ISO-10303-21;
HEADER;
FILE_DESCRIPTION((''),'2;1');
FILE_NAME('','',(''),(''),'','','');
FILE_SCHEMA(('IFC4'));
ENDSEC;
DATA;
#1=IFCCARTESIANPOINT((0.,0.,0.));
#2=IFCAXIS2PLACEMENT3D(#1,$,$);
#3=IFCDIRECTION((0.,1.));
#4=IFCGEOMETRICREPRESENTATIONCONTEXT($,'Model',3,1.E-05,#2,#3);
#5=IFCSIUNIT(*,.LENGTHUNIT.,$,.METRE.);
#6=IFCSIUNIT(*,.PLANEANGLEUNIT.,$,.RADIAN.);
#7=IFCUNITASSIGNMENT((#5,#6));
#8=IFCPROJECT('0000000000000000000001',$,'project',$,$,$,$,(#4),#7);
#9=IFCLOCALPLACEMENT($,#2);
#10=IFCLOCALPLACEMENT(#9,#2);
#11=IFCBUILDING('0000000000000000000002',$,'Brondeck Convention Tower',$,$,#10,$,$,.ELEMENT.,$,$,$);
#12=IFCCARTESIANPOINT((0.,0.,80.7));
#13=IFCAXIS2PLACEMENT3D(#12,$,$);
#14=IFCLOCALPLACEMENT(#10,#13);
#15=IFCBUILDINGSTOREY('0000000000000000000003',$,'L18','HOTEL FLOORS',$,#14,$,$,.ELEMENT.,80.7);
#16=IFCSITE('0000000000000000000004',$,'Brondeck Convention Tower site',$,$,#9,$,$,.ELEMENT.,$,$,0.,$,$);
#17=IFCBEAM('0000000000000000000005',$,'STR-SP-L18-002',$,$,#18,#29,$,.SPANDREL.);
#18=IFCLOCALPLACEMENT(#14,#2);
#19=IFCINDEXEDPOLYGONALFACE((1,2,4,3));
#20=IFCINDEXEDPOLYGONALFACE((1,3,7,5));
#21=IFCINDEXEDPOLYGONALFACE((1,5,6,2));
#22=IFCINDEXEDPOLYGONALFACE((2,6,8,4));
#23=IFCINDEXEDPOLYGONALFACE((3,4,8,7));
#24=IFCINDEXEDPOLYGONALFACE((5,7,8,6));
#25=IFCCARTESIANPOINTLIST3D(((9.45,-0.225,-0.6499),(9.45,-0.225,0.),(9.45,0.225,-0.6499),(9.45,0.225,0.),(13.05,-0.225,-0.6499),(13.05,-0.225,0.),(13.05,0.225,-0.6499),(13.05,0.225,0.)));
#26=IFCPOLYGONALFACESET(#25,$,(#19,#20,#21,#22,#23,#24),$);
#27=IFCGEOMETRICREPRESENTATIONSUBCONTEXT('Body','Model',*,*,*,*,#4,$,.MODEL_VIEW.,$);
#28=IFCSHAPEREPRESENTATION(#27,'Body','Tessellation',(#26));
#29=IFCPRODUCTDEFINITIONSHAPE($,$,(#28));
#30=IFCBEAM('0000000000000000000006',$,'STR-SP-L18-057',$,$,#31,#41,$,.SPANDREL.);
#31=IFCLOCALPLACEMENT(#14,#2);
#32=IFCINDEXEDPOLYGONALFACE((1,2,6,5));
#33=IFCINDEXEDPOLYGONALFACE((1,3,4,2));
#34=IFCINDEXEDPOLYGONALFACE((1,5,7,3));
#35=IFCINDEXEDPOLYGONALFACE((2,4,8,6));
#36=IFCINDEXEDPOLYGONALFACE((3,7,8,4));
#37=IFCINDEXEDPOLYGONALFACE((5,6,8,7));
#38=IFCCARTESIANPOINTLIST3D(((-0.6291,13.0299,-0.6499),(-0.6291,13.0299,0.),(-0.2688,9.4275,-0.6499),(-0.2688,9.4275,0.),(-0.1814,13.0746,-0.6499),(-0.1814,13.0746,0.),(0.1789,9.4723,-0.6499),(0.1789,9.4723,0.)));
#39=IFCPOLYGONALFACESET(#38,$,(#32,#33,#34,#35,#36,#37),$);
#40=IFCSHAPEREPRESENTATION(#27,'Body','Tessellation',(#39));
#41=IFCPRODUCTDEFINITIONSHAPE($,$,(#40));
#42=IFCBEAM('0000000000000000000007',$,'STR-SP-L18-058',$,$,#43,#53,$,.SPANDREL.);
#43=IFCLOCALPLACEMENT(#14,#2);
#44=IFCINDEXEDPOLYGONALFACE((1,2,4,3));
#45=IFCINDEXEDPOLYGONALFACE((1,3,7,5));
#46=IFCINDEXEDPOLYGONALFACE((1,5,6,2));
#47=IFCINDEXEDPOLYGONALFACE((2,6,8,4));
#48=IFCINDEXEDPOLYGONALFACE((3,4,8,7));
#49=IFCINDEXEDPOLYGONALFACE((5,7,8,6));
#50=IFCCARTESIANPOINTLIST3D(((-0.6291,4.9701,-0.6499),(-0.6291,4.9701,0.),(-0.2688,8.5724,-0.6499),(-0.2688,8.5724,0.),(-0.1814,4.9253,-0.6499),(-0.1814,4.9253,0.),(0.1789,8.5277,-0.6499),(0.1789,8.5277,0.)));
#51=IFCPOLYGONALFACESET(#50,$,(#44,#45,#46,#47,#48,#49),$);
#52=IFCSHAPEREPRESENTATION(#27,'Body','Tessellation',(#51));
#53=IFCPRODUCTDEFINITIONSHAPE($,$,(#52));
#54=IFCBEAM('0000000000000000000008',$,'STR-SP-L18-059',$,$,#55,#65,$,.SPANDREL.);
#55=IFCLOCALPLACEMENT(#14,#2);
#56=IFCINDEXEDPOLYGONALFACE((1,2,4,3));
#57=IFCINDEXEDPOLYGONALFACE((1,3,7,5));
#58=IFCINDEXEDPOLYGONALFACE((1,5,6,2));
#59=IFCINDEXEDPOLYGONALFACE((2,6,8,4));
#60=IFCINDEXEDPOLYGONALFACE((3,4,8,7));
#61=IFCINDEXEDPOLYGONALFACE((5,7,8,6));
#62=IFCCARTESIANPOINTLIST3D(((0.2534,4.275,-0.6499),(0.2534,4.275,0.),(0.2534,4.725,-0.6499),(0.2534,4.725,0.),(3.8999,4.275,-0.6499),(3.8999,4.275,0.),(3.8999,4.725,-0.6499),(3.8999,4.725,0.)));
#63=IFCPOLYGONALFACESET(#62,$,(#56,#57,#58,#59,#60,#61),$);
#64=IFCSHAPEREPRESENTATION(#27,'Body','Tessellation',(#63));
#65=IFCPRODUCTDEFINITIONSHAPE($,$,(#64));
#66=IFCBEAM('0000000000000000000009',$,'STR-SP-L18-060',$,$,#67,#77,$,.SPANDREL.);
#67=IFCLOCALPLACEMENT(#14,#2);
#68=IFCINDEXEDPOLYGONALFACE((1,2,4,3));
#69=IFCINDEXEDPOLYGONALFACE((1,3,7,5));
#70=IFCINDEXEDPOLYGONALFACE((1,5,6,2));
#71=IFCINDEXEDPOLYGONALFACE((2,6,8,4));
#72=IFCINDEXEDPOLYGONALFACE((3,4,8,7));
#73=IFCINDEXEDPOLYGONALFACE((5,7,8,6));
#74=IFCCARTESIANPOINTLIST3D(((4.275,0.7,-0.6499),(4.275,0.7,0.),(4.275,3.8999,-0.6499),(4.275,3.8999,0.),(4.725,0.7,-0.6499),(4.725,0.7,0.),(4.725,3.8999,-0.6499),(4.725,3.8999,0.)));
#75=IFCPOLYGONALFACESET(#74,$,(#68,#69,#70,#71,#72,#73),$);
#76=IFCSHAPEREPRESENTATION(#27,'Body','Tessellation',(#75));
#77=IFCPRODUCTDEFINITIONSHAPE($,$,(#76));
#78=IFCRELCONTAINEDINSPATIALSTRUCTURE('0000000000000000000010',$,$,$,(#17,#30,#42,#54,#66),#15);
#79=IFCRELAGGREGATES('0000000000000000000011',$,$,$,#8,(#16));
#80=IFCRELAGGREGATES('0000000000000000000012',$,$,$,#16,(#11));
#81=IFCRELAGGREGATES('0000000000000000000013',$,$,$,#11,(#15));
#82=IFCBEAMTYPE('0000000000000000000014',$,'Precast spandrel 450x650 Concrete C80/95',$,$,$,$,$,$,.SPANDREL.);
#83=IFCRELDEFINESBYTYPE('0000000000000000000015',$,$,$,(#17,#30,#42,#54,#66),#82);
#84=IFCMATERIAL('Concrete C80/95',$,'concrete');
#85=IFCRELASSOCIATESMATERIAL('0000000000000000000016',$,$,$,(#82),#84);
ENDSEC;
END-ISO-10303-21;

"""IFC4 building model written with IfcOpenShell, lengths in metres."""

from ifc_helpers import new_model, si_unit, direction, frame, origin, origin_2d, place, context, subcontext, project, spatial, rectangle, extrude, material, material_profile, profile_set, type_object, element, save


model = new_model("IFC4")

# Units and contexts
model_context = context("Model", 3, precision=1e-05, world=origin(), true_north=direction((0.0, 1.0)))
body_context = subcontext(model_context, "Body", "Model", "MODEL_VIEW")
ifc_project = project(units=[si_unit("LENGTHUNIT", "METRE"), si_unit("PLANEANGLEUNIT", "RADIAN")], contexts=[model_context])

# Site, building, storey
site_placement = place(None, origin())
site = spatial("IfcSite", under=ifc_project, at=site_placement, Name="Brondeck Convention Tower site", CompositionType="ELEMENT", RefElevation=0.0)
building_placement = place(site_placement, origin())
building = spatial("IfcBuilding", under=site, at=building_placement, Name="Brondeck Convention Tower", CompositionType="ELEMENT")
storey_placement = place(building_placement, frame((0.0, 0.0, 80.7)))
storey = spatial("IfcBuildingStorey", under=building, at=storey_placement, Name="L18", Description="HOTEL FLOORS", CompositionType="ELEMENT", Elevation=80.7)

# Shared definitions
ifc_material_1 = material(Name="Concrete C80/95", Category="concrete")

# Beams
ifc_material_profile_1 = material_profile(ifc_material_1, rectangle(XDim=0.45, YDim=0.6499, at=origin_2d()), Name="Precast spandrel 450x650 Concrete C80/95")
ifc_profile_set_1 = profile_set([ifc_material_profile_1], Name="Concrete C80/95")
beam_type_1 = type_object("IfcBeamType", Name="Precast spandrel 450x650 Concrete C80/95", PredefinedType="SPANDREL", material=ifc_profile_set_1)
for number, where, z_axis, x_axis, name in (
    (1, (9.45, 0.0, -0.325), (1.0, 0.0, 0.0), (0.0, 1.0, 0.0), "STR-SP-L18-002"),
):
    element("IfcBeam", number, at=place(storey_placement, frame(where, z_axis=z_axis, x_axis=x_axis)), inside=storey, type_object=beam_type_1, Name=name, PredefinedType="SPANDREL", context=body_context, shape_type="SweptSolid", body=[
        extrude(rectangle(XDim=0.45, YDim=0.6499, at=origin_2d()), origin(), (0.0, 0.0, 1.0), 3.6001),
    ])
for number, where, z_axis, x_axis, name in (
    (2, (-0.4053, 13.0522, -0.325), (0.099537, -0.995034, 0.0), (0.995034, 0.099537, 0.0), "STR-SP-L18-057"),
    (3, (-0.0449, 8.55, -0.325), (-0.099537, -0.995034, 0.0), (0.995034, -0.099537, 0.0), "STR-SP-L18-058"),
):
    element("IfcBeam", number, at=place(storey_placement, frame(where, z_axis=z_axis, x_axis=x_axis)), inside=storey, type_object=beam_type_1, Name=name, PredefinedType="SPANDREL", context=body_context, shape_type="SweptSolid", body=[
        extrude(rectangle(XDim=0.45, YDim=0.6499, at=origin_2d()), origin(), (0.0, 0.0, 1.0), 3.6204),
    ])
beam_1_placement = place(storey_placement, frame((0.2534, 4.5, -0.325), z_axis=(1.0, 0.0, 0.0), x_axis=(0.0, 1.0, 0.0)))
element("IfcBeam", 4, at=beam_1_placement, inside=storey, type_object=beam_type_1, Name="STR-SP-L18-059", PredefinedType="SPANDREL", context=body_context, shape_type="SweptSolid", body=[
    extrude(rectangle(XDim=0.45, YDim=0.6499, at=origin_2d()), origin(), (0.0, 0.0, 1.0), 3.6465),
])
beam_2_placement = place(storey_placement, frame((4.5, 3.8999, -0.325), z_axis=(0.0, -1.0, 0.0), x_axis=(1.0, 0.0, 0.0)))
element("IfcBeam", 5, at=beam_2_placement, inside=storey, type_object=beam_type_1, Name="STR-SP-L18-060", PredefinedType="SPANDREL", context=body_context, shape_type="SweptSolid", body=[
    extrude(rectangle(XDim=0.45, YDim=0.6499, at=origin_2d()), origin(), (0.0, 0.0, 1.0), 3.2),
])

save(model, "model.ifc")
